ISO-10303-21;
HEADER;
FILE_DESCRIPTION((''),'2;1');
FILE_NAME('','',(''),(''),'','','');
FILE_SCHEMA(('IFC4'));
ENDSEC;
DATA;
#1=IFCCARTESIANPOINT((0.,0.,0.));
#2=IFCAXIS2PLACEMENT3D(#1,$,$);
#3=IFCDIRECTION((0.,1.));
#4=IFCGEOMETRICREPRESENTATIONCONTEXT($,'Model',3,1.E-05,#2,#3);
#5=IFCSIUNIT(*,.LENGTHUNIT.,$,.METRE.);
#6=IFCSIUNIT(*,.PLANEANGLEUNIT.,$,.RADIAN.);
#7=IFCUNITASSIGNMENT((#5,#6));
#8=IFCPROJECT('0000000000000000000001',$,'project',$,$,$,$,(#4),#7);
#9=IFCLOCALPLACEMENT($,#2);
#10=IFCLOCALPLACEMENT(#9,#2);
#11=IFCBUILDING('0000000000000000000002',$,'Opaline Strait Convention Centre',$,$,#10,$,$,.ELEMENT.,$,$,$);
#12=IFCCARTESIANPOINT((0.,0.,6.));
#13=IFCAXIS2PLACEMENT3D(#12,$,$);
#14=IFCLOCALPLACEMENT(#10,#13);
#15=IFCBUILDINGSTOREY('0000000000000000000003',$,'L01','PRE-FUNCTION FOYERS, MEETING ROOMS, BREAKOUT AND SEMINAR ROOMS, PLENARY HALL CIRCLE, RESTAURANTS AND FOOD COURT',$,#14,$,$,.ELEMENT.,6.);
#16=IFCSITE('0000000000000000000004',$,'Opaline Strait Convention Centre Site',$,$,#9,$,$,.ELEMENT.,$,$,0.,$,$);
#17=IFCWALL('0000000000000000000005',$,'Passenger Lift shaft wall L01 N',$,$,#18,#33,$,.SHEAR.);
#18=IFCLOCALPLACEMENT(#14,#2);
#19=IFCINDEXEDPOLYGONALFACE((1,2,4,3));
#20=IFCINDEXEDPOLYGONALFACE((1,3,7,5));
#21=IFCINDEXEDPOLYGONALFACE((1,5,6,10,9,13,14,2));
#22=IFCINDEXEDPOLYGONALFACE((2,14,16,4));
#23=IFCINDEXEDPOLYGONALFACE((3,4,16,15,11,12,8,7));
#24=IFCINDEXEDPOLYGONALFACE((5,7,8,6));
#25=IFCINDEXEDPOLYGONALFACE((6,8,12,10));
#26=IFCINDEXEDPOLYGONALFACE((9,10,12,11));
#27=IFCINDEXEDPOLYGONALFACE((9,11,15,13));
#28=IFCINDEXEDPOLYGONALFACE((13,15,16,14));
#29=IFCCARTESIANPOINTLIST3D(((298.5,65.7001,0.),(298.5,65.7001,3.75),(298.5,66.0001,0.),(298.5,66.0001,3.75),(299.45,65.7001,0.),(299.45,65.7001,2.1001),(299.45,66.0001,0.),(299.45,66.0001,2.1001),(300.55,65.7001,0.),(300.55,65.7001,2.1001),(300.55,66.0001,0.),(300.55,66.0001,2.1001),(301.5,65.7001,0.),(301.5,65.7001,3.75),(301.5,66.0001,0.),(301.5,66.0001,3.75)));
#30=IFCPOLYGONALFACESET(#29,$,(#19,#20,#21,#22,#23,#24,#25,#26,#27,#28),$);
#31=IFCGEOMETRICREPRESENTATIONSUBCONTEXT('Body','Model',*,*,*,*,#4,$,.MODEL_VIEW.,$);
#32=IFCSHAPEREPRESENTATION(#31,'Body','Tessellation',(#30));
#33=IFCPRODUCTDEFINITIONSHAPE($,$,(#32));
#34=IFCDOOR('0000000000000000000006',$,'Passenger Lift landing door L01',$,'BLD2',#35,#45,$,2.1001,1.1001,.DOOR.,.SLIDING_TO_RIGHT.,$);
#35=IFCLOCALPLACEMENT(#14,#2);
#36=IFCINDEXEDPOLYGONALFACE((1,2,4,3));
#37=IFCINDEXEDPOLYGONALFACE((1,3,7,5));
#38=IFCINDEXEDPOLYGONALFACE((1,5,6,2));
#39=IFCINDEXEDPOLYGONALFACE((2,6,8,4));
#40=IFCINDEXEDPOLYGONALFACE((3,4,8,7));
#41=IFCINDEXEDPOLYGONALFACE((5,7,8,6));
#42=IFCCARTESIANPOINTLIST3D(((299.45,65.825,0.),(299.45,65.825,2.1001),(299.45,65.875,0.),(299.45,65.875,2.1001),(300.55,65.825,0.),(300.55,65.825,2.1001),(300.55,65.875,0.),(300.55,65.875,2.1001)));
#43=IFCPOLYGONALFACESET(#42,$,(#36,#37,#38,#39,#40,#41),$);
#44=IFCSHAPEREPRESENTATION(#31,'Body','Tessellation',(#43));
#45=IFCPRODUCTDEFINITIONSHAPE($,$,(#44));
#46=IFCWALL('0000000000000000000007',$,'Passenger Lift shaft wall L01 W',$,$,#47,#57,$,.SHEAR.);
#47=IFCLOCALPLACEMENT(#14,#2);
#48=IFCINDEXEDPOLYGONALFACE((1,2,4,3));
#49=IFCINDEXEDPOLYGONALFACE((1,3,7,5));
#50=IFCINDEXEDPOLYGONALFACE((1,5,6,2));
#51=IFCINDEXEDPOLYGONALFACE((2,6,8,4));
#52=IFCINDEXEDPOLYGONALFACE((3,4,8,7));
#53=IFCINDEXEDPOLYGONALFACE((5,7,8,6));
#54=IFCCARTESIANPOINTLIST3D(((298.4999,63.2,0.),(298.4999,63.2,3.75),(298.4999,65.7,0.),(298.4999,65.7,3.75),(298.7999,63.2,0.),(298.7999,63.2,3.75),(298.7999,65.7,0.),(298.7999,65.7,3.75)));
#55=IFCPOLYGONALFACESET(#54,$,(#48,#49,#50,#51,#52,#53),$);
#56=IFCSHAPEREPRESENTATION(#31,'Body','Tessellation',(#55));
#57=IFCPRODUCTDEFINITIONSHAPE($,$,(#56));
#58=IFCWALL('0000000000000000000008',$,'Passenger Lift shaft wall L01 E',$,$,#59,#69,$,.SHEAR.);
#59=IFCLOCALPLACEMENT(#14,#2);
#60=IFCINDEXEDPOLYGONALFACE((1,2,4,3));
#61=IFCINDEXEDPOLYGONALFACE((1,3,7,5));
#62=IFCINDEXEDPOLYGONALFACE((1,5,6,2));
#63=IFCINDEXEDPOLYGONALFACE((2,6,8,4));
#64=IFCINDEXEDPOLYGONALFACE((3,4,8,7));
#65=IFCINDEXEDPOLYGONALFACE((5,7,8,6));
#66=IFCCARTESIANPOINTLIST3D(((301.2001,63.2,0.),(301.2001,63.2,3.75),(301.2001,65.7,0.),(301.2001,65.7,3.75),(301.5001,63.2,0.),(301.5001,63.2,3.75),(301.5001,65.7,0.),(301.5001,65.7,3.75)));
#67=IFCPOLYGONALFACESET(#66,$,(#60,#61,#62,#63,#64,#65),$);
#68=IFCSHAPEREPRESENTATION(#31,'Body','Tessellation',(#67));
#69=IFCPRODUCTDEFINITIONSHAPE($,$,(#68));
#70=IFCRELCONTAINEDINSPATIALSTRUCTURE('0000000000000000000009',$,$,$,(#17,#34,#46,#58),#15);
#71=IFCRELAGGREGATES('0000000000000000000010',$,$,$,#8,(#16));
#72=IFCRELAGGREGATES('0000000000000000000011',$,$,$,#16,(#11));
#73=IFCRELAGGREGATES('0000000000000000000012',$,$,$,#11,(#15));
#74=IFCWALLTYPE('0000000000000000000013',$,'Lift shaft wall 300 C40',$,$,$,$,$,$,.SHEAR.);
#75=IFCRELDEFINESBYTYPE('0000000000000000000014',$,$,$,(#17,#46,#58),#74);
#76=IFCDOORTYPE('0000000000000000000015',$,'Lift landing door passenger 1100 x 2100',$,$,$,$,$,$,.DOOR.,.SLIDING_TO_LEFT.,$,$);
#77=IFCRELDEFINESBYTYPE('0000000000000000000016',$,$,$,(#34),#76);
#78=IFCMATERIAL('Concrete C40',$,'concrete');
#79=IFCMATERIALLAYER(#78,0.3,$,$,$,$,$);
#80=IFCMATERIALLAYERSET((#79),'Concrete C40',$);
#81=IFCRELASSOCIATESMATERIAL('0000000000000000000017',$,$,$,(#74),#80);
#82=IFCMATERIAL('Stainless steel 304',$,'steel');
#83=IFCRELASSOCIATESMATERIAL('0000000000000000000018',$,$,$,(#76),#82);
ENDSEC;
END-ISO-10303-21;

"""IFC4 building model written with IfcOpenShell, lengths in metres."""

from ifc_helpers import new_model, si_unit, direction, frame, frame_2d, origin, place, context, subcontext, project, spatial, rectangle, extrude, material, layer, layer_set, type_object, element, fill, save


model = new_model("IFC4")

# Units and contexts
model_context = context("Model", 3, precision=1e-05, world=origin(), true_north=direction((0.0, 1.0)))
body_context = subcontext(model_context, "Body", "Model", "MODEL_VIEW")
ifc_project = project(units=[si_unit("LENGTHUNIT", "METRE"), si_unit("PLANEANGLEUNIT", "RADIAN")], contexts=[model_context])

# Site, building, storey
site_placement = place(None, origin())
site = spatial("IfcSite", under=ifc_project, at=site_placement, Name="Opaline Strait Convention Centre Site", CompositionType="ELEMENT", RefElevation=0.0)
building_placement = place(site_placement, origin())
building = spatial("IfcBuilding", under=site, at=building_placement, Name="Opaline Strait Convention Centre", CompositionType="ELEMENT")
storey_placement = place(building_placement, frame((0.0, 0.0, 6.0)))
storey = spatial("IfcBuildingStorey", under=building, at=storey_placement, Name="L01", Description="PRE-FUNCTION FOYERS, MEETING ROOMS, BREAKOUT AND SEMINAR ROOMS, PLENARY HALL CIRCLE, RESTAURANTS AND FOOD COURT", CompositionType="ELEMENT", Elevation=6.0)

# Wall, opening, door
ifc_material_1 = material(Name="Concrete C40", Category="concrete")
ifc_layer_1 = layer(ifc_material_1, 0.3)
ifc_layer_set_1 = layer_set([ifc_layer_1], Name="Concrete C40")
wall_type = type_object("IfcWallType", Name="Lift shaft wall 300 C40", PredefinedType="SHEAR", material=ifc_layer_set_1)
wall_placement = place(storey_placement, frame((298.5, 65.8501, 0.0), z_axis=(0.0, 0.0, 1.0), x_axis=(1.0, 0.0, 0.0)))
wall = element("IfcWall", 1, at=wall_placement, inside=storey, type_object=wall_type, Name="Passenger Lift shaft wall L01 N", PredefinedType="SHEAR", context=body_context, shape_type="SweptSolid", body=[
    extrude(rectangle(XDim=3.0, YDim=0.3, at=frame_2d((1.5, 0.0))), origin(), (0.0, 0.0, 1.0), 3.75),
])
opening_placement = place(wall_placement, frame((0.95, 0.0, 0.0)))
opening = element("IfcOpeningElement", 2, at=opening_placement, cuts=wall, PredefinedType="OPENING", context=body_context, shape_type="SweptSolid", body=[
    extrude(rectangle(XDim=1.1001, YDim=2.1001, at=frame_2d((0.55, 1.05))), frame((0.0, 0.1599, 0.0), z_axis=(0.0, -1.0, 0.0), x_axis=(1.0, 0.0, 0.0)), (0.0, 0.0, 1.0), 0.3201),
])
ifc_material_2 = material(Name="Stainless steel 304", Category="steel")
door_type = type_object("IfcDoorType", Name="Lift landing door passenger 1100 x 2100", OperationType="SLIDING_TO_LEFT", PredefinedType="DOOR", material=ifc_material_2)
door_placement = place(opening_placement, origin())
door = element("IfcDoor", 3, at=door_placement, inside=storey, type_object=door_type, Name="Passenger Lift landing door L01", ObjectType="BLD2", OperationType="SLIDING_TO_RIGHT", OverallHeight=2.1001, OverallWidth=1.1001, PredefinedType="DOOR", context=body_context, shape_type="SweptSolid", body=[
    extrude(rectangle(XDim=1.1001, YDim=2.1001, at=frame_2d((0.55, 1.05))), frame((0.0, 0.0249, 0.0), z_axis=(0.0, -1.0, 0.0), x_axis=(1.0, 0.0, 0.0)), (0.0, 0.0, 1.0), 0.05),
])
fill(opening, door)

# Walls
for number, where, z_axis, x_axis, name in (
    (4, (298.6499, 63.2, 0.0), (0.0, 0.0, 1.0), (0.0, 1.0, 0.0), "Passenger Lift shaft wall L01 W"),
    (5, (301.3501, 63.2, 0.0), (0.0, 0.0, 1.0), (0.0, 1.0, 0.0), "Passenger Lift shaft wall L01 E"),
):
    element("IfcWall", number, at=place(storey_placement, frame(where, z_axis=z_axis, x_axis=x_axis)), inside=storey, type_object=wall_type, Name=name, PredefinedType="SHEAR", context=body_context, shape_type="SweptSolid", body=[
        extrude(rectangle(XDim=2.5, YDim=0.3, at=frame_2d((1.25, 0.0))), origin(), (0.0, 0.0, 1.0), 3.75),
    ])

save(model, "model.ifc")
